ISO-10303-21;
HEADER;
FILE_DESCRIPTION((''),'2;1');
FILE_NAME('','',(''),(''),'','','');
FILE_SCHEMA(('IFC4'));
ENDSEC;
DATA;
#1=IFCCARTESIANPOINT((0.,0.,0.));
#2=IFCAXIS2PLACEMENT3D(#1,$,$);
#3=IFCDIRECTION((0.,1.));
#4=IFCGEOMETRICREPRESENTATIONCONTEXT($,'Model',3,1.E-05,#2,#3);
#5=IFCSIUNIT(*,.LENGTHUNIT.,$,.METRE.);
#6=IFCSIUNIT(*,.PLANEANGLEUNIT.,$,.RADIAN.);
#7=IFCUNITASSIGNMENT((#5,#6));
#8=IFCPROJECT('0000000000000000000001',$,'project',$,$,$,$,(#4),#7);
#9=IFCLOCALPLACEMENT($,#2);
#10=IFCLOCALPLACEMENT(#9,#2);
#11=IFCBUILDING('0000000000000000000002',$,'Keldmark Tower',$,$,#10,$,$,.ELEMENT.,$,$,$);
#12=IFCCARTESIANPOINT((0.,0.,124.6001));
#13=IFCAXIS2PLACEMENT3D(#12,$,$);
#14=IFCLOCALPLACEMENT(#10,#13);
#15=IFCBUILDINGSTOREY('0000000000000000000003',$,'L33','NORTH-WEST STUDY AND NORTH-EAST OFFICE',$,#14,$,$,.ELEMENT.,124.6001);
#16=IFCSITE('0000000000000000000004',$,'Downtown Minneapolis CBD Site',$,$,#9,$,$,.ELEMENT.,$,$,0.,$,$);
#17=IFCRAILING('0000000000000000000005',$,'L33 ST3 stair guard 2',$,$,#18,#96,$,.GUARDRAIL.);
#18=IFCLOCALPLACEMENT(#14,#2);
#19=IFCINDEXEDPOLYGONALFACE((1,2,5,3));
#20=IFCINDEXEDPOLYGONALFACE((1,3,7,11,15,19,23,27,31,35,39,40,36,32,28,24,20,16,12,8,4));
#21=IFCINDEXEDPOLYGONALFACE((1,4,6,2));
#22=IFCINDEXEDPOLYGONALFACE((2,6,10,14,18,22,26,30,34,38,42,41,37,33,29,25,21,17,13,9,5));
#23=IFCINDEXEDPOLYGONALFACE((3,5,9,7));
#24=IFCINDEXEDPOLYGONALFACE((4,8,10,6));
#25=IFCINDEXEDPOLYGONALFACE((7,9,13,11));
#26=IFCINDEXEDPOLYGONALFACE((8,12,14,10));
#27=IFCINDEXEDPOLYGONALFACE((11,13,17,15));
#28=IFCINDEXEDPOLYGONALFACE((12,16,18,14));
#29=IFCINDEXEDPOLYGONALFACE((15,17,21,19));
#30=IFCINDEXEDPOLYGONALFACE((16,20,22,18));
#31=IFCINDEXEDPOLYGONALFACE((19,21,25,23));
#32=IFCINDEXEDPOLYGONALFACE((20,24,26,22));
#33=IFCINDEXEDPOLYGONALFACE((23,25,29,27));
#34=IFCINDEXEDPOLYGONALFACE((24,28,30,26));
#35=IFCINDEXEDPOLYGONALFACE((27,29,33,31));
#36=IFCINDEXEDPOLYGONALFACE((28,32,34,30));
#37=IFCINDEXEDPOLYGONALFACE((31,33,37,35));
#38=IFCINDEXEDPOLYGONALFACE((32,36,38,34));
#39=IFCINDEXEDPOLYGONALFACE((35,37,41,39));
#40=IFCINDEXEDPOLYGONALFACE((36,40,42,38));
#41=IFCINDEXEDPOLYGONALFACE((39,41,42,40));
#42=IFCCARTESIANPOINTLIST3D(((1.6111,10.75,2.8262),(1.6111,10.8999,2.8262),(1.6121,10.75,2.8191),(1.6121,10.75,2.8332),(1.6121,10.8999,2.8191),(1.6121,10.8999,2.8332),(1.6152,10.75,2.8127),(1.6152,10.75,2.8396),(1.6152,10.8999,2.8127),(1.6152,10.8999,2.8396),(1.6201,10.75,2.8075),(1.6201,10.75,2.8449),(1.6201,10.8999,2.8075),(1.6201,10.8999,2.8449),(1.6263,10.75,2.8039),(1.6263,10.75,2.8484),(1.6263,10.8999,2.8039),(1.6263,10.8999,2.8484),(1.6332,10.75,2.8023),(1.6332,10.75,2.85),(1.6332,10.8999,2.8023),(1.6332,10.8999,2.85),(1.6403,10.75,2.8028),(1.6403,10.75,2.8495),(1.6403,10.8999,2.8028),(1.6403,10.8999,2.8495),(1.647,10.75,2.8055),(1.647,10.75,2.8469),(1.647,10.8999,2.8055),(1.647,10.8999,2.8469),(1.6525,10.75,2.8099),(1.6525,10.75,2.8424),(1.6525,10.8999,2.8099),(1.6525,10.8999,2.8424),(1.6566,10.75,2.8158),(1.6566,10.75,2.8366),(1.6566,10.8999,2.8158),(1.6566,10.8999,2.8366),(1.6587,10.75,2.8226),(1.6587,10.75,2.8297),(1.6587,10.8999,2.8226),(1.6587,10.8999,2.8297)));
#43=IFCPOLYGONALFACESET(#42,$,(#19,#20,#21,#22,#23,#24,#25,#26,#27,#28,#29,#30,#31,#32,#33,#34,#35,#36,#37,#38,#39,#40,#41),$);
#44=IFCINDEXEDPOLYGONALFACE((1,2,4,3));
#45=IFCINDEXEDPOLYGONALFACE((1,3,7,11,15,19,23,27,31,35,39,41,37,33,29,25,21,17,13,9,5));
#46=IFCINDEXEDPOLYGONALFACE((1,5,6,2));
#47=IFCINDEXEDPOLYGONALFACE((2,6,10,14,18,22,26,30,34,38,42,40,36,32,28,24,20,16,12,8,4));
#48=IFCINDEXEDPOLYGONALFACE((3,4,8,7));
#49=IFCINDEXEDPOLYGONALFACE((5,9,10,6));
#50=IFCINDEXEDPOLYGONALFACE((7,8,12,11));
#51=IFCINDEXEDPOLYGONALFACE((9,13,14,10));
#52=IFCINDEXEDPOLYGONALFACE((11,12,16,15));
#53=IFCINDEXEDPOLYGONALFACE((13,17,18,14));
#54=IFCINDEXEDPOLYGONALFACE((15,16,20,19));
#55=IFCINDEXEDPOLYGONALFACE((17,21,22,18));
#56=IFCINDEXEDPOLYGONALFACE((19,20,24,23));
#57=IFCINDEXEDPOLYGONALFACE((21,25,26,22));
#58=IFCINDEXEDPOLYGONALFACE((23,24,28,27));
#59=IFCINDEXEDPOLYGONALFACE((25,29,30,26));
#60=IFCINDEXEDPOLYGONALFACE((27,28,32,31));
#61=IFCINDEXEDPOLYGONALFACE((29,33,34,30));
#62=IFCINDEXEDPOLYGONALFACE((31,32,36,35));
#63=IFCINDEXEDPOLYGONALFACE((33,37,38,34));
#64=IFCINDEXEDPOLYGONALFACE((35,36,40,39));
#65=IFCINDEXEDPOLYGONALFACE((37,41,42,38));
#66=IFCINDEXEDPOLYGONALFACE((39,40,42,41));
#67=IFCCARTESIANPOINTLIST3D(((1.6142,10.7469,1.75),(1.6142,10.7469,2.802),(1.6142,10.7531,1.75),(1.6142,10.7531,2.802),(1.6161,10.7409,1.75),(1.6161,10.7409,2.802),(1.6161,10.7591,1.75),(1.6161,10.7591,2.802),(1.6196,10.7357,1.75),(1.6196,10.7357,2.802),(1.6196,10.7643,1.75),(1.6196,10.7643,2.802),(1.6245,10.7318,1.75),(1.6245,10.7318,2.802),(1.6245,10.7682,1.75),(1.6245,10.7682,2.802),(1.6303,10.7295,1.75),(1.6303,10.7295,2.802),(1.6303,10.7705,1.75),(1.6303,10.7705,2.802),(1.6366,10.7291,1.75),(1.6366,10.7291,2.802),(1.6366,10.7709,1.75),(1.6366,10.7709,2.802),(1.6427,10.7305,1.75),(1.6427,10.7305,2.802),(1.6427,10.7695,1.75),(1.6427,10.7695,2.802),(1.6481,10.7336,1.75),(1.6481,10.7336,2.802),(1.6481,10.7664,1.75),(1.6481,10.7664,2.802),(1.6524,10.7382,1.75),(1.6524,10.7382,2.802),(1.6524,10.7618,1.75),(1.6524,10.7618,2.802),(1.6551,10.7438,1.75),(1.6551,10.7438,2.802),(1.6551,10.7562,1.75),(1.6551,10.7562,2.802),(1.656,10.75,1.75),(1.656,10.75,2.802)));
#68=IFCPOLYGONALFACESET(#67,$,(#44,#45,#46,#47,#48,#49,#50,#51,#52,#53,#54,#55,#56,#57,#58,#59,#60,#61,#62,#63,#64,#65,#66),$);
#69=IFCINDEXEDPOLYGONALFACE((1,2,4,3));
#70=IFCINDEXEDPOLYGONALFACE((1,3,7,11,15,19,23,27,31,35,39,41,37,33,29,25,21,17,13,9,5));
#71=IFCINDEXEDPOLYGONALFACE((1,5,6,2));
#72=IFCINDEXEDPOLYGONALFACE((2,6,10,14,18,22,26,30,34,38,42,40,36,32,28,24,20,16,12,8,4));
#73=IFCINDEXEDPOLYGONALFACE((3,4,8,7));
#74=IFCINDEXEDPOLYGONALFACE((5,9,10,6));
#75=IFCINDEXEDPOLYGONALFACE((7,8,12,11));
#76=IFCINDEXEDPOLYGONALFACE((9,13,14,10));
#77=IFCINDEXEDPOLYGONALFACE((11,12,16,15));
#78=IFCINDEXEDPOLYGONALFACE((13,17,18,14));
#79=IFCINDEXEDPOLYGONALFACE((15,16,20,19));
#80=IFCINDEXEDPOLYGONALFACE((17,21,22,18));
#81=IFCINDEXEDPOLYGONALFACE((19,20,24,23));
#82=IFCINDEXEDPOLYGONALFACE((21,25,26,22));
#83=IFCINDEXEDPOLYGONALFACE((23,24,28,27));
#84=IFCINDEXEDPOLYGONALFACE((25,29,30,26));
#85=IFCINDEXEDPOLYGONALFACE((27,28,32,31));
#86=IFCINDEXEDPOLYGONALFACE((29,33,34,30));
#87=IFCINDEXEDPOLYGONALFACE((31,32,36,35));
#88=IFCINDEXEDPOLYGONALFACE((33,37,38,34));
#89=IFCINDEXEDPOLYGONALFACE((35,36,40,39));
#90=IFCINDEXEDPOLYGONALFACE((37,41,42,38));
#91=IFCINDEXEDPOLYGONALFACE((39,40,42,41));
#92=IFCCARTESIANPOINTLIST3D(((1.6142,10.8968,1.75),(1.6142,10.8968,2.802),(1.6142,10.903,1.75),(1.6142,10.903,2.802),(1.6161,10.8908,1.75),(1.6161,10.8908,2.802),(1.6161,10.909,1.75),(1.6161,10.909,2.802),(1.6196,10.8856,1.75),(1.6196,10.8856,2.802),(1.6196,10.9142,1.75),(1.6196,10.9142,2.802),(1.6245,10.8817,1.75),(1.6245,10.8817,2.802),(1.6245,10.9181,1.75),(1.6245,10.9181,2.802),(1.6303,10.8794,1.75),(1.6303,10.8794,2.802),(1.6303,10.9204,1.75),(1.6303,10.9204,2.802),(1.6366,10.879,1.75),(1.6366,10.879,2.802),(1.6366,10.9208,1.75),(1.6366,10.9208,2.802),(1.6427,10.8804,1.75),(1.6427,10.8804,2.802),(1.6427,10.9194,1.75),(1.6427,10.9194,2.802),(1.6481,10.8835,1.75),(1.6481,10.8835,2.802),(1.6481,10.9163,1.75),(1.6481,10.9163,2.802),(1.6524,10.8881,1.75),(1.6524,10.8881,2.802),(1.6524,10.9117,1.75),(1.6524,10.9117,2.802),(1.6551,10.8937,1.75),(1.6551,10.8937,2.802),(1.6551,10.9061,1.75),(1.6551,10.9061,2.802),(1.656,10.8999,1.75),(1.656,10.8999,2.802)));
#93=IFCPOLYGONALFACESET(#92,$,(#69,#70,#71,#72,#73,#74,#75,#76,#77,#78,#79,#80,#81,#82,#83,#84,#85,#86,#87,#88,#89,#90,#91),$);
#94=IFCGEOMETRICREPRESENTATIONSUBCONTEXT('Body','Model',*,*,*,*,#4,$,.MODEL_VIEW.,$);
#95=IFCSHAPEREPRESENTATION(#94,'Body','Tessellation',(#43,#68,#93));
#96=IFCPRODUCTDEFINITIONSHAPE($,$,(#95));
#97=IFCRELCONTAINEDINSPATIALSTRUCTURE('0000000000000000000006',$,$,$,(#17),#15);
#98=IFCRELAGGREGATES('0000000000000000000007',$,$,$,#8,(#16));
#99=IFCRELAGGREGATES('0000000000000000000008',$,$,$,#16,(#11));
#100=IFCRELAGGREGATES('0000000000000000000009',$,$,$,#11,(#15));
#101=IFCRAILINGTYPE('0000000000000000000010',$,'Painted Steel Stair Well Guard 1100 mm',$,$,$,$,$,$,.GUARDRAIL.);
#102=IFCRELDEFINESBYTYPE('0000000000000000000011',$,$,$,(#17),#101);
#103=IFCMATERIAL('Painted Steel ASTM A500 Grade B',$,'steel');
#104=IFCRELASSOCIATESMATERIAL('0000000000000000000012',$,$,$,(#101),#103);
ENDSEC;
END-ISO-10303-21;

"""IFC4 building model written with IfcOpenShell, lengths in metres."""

from ifc_helpers import new_model, si_unit, direction, frame, origin, origin_2d, place, context, subcontext, project, spatial, circle, extrude, material, type_object, element, save


model = new_model("IFC4")

# Units and contexts
model_context = context("Model", 3, precision=1e-05, world=origin(), true_north=direction((0.0, 1.0)))
body_context = subcontext(model_context, "Body", "Model", "MODEL_VIEW")
ifc_project = project(units=[si_unit("LENGTHUNIT", "METRE"), si_unit("PLANEANGLEUNIT", "RADIAN")], contexts=[model_context])

# Site, building, storey
site_placement = place(None, origin())
site = spatial("IfcSite", under=ifc_project, at=site_placement, Name="Downtown Minneapolis CBD Site", CompositionType="ELEMENT", RefElevation=0.0)
building_placement = place(site_placement, origin())
building = spatial("IfcBuilding", under=site, at=building_placement, Name="Keldmark Tower", CompositionType="ELEMENT")
storey_placement = place(building_placement, frame((0.0, 0.0, 124.6001)))
storey = spatial("IfcBuildingStorey", under=building, at=storey_placement, Name="L33", Description="NORTH-WEST STUDY AND NORTH-EAST OFFICE", CompositionType="ELEMENT", Elevation=124.6001)

# Railing
ifc_material_1 = material(Name="Painted Steel ASTM A500 Grade B", Category="steel")
railing_type_1 = type_object("IfcRailingType", Name="Painted Steel Stair Well Guard 1100 mm", PredefinedType="GUARDRAIL", material=ifc_material_1)
railing_1_placement = place(storey_placement, frame((1.635, 10.75, 1.75)))
element("IfcRailing", 1, at=railing_1_placement, inside=storey, type_object=railing_type_1, Name="L33 ST3 stair guard 2", PredefinedType="GUARDRAIL", context=body_context, shape_type="SweptSolid", body=[
    extrude(circle(Radius=0.0239, at=origin_2d()), frame((0.0, 0.0, 1.0762), z_axis=(0.0, 1.0, 0.0), x_axis=(-1.0, 0.0, 0.0)), (0.0, 0.0, 1.0), 0.1499),
    extrude(circle(Radius=0.021, at=origin_2d()), origin(), (0.0, 0.0, 1.0), 1.052),
    extrude(circle(Radius=0.021, at=origin_2d()), frame((0.0, 0.1499, 0.0)), (0.0, 0.0, 1.0), 1.052),
])

save(model, "model.ifc")
